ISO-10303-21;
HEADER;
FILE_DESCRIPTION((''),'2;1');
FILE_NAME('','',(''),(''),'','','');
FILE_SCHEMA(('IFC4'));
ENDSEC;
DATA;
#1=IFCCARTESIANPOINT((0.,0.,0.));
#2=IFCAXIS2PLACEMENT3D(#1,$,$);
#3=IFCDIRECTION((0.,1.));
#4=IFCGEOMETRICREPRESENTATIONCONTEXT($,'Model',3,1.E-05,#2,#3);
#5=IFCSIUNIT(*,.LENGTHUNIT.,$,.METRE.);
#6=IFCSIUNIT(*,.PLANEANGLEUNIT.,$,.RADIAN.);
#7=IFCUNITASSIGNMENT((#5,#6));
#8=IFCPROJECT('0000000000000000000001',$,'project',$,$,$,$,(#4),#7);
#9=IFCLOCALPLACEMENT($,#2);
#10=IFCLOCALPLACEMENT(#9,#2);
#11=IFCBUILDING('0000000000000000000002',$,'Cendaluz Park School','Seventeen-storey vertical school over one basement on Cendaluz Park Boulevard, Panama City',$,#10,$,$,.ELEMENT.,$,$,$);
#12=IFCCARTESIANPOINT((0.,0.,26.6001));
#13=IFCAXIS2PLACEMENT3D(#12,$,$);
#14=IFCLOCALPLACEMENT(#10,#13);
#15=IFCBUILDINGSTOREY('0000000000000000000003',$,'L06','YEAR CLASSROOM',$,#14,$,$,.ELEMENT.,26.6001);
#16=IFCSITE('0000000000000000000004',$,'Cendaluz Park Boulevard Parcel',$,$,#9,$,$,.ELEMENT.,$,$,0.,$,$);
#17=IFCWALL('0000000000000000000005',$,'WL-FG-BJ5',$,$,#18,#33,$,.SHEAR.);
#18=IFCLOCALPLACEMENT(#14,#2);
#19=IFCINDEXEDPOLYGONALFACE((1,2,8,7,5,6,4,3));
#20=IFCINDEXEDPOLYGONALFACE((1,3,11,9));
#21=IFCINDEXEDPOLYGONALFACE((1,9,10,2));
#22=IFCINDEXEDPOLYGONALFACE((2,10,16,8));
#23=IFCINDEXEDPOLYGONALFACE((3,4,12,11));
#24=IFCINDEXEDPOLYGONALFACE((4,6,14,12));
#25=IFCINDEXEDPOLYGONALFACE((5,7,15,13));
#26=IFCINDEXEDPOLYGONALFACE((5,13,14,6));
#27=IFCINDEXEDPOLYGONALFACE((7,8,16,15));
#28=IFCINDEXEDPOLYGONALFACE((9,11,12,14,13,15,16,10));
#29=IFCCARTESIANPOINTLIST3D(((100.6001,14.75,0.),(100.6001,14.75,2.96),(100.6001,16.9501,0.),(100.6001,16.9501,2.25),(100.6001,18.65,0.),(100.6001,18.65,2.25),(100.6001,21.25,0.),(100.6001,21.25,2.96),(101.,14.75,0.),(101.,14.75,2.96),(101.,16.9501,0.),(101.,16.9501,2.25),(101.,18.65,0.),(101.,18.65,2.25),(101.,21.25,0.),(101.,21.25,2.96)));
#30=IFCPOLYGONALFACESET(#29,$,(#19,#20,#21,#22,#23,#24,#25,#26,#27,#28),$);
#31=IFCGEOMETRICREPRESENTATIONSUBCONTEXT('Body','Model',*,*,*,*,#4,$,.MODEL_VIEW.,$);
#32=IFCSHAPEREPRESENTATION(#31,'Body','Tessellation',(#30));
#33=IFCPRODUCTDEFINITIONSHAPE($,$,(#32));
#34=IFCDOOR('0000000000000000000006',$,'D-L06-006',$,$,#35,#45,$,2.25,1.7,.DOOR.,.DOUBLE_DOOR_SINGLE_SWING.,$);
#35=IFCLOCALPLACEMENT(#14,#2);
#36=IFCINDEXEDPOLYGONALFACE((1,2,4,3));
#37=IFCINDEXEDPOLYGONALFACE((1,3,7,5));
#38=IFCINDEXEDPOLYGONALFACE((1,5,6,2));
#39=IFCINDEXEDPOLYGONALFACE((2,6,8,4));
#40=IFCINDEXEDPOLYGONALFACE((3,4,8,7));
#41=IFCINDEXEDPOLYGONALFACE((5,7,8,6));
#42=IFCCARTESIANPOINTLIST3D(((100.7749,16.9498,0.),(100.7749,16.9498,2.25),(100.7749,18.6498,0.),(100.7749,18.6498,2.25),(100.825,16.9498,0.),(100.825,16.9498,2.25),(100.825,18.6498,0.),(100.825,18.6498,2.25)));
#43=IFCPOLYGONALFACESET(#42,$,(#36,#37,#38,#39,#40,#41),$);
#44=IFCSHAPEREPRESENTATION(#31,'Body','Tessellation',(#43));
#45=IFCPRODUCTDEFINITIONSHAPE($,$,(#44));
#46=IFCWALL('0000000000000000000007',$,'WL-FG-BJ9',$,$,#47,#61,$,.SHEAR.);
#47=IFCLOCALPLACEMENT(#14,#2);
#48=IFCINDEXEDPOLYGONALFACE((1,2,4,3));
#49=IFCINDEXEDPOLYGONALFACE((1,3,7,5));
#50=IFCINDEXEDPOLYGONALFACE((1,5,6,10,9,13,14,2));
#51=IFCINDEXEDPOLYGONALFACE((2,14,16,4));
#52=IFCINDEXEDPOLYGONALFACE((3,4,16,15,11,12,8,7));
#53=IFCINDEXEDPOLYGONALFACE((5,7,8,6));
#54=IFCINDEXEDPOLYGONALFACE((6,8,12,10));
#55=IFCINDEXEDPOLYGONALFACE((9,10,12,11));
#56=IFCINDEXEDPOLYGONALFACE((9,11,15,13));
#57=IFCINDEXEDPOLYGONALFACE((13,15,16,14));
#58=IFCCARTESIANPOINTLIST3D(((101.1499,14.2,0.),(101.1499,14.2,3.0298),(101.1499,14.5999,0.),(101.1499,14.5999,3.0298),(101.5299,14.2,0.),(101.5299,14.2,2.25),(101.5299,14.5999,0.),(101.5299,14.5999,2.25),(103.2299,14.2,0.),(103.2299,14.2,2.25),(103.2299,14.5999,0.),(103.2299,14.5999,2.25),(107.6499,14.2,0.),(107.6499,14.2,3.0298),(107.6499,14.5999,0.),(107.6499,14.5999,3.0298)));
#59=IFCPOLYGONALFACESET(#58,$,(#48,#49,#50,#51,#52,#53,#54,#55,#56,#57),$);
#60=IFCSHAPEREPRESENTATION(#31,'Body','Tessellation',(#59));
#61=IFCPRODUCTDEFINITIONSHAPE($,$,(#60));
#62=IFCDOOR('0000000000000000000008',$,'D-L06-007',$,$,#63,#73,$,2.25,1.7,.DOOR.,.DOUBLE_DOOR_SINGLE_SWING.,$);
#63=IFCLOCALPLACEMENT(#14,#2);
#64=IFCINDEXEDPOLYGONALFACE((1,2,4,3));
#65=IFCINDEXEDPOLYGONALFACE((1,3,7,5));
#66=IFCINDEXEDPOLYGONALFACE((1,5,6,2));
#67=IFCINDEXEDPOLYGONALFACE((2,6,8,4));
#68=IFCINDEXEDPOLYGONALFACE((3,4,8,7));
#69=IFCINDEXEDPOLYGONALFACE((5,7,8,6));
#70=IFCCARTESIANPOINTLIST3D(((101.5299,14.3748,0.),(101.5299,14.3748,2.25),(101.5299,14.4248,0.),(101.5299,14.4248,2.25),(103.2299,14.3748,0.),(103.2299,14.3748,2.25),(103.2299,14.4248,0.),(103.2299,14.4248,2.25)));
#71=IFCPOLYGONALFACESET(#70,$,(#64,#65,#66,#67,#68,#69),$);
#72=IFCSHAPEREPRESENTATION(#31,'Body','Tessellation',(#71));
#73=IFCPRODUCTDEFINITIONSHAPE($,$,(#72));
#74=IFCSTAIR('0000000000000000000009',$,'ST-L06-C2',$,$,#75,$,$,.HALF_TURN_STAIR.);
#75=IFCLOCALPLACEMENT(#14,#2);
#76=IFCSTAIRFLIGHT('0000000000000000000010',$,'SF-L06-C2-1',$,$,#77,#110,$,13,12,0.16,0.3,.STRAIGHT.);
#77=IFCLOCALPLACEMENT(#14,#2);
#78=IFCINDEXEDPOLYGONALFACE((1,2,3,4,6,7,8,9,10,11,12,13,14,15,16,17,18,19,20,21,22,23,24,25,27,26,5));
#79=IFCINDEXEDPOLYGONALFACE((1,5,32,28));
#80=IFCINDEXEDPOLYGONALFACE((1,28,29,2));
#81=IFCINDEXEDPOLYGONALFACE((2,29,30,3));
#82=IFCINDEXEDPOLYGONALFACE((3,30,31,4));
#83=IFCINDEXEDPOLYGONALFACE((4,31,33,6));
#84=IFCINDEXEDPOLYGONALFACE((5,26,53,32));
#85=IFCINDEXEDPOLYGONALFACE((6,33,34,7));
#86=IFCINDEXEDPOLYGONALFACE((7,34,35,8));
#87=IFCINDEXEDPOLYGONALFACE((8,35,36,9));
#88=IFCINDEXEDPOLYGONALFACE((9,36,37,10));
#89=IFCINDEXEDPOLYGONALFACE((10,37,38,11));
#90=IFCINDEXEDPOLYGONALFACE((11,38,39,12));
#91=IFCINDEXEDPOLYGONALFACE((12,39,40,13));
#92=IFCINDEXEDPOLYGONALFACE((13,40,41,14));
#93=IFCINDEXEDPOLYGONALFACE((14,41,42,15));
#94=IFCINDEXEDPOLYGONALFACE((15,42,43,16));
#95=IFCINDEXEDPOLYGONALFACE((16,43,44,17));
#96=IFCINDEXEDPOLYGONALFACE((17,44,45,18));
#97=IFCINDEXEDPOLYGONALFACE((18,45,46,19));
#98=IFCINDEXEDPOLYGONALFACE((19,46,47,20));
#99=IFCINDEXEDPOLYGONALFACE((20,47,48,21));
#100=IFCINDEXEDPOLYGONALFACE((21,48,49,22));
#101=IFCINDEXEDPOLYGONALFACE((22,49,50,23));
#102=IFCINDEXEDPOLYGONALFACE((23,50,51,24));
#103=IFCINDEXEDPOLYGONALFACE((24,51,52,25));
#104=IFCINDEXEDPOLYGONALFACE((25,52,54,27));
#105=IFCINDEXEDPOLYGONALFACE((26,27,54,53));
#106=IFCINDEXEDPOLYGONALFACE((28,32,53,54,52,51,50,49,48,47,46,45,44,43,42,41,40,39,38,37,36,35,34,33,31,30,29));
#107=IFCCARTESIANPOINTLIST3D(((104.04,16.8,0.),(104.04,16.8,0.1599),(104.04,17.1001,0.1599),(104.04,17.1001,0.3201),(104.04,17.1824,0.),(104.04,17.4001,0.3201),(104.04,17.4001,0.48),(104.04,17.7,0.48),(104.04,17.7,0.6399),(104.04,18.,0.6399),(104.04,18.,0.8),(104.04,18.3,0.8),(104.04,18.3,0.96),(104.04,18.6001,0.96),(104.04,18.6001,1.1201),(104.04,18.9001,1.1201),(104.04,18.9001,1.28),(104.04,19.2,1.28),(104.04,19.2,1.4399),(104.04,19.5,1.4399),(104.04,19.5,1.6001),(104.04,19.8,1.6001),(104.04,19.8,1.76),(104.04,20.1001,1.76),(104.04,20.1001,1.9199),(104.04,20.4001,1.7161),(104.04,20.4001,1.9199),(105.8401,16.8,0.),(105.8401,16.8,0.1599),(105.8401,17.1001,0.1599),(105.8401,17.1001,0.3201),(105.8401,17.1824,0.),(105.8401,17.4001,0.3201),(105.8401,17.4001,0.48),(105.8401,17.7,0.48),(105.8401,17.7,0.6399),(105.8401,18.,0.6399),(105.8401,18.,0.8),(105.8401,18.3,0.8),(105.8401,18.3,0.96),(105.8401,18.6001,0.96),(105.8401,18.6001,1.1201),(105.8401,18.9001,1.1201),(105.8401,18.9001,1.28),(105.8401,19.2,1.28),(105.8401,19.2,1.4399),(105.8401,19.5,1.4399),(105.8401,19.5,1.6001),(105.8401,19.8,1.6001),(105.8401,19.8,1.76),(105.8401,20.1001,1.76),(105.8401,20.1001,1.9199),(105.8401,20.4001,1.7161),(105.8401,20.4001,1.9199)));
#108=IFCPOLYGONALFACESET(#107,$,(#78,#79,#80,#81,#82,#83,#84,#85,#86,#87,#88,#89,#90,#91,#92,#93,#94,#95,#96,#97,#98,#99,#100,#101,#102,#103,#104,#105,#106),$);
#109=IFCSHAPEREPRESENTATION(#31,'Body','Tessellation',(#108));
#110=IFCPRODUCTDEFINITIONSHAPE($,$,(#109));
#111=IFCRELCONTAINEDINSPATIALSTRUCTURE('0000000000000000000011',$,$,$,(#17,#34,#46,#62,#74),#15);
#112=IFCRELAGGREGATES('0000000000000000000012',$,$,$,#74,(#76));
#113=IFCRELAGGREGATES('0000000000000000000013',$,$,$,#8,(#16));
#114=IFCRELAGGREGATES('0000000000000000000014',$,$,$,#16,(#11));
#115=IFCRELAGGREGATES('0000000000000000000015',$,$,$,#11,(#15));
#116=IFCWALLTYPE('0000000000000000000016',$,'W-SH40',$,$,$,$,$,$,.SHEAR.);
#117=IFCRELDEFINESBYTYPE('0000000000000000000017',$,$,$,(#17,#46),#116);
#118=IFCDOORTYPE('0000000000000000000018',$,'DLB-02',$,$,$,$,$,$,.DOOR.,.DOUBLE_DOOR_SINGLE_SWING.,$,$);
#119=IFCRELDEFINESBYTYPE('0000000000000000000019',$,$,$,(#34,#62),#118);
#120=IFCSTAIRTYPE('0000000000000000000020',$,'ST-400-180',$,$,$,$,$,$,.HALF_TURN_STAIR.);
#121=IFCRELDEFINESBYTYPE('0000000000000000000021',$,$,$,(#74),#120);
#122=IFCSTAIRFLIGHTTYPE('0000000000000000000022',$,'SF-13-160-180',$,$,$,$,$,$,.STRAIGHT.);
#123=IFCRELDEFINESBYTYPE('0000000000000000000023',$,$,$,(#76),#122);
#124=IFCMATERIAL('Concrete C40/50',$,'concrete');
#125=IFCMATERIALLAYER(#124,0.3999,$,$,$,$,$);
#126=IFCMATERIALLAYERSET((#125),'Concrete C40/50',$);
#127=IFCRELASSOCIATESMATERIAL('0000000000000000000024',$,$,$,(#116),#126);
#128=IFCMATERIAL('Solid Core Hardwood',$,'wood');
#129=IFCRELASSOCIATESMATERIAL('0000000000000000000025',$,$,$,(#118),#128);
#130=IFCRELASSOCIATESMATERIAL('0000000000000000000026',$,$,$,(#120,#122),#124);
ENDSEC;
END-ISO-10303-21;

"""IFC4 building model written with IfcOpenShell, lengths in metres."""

from ifc_helpers import new_model, si_unit, direction, frame, frame_2d, origin, place, context, subcontext, project, spatial, polyline, rectangle, outline, extrude, material, layer, layer_set, type_object, element, fill, aggregate, save


model = new_model("IFC4")

# Units and contexts
model_context = context("Model", 3, precision=1e-05, world=origin(), true_north=direction((0.0, 1.0)))
body_context = subcontext(model_context, "Body", "Model", "MODEL_VIEW")
ifc_project = project(units=[si_unit("LENGTHUNIT", "METRE"), si_unit("PLANEANGLEUNIT", "RADIAN")], contexts=[model_context])

# Site, building, storey
site_placement = place(None, origin())
site = spatial("IfcSite", under=ifc_project, at=site_placement, Name="Cendaluz Park Boulevard Parcel", CompositionType="ELEMENT", RefElevation=0.0)
building_placement = place(site_placement, origin())
building = spatial("IfcBuilding", under=site, at=building_placement, Name="Cendaluz Park School", Description="Seventeen-storey vertical school over one basement on Cendaluz Park Boulevard, Panama City", CompositionType="ELEMENT")
storey_placement = place(building_placement, frame((0.0, 0.0, 26.6001)))
storey = spatial("IfcBuildingStorey", under=building, at=storey_placement, Name="L06", Description="YEAR CLASSROOM", CompositionType="ELEMENT", Elevation=26.6001)

# Shared definitions
ifc_material_1 = material(Name="Concrete C40/50", Category="concrete")

# Shared definitions
ifc_material_2 = material(Name="Solid Core Hardwood", Category="wood")

# Walls, openings, doors
ifc_layer_1 = layer(ifc_material_1, 0.3999)
ifc_layer_set_1 = layer_set([ifc_layer_1], Name="Concrete C40/50")
wall_type_1 = type_object("IfcWallType", Name="W-SH40", PredefinedType="SHEAR", material=ifc_layer_set_1)
wall_1_placement = place(storey_placement, frame((100.8, 14.75, 0.0), z_axis=(0.0, 0.0, 1.0), x_axis=(0.0, 1.0, 0.0)))
wall_1 = element("IfcWall", 1, at=wall_1_placement, inside=storey, type_object=wall_type_1, Name="WL-FG-BJ5", PredefinedType="SHEAR", context=body_context, shape_type="SweptSolid", body=[
    extrude(rectangle(XDim=6.5, YDim=0.3999, at=frame_2d((3.25, 0.0))), origin(), (0.0, 0.0, 1.0), 2.96),
])
opening_1_placement = place(wall_1_placement, frame((2.2, 0.0, 0.0)))
opening_1 = element("IfcOpeningElement", 2, at=opening_1_placement, cuts=wall_1, PredefinedType="OPENING", context=body_context, shape_type="SweptSolid", body=[
    extrude(rectangle(XDim=1.7, YDim=2.25, at=frame_2d((0.8501, 1.125))), frame((0.0, 0.2119, 0.0), z_axis=(0.0, -1.0, 0.0), x_axis=(1.0, 0.0, 0.0)), (0.0, 0.0, 1.0), 0.4238),
])
door_type_1 = type_object("IfcDoorType", Name="DLB-02", OperationType="DOUBLE_DOOR_SINGLE_SWING", PredefinedType="DOOR", material=ifc_material_2)
door_1_placement = place(opening_1_placement, frame((1.7, 0.0, 0.0), z_axis=(0.0, 0.0, 1.0), x_axis=(-1.0, 0.0, 0.0)))
door_1 = element("IfcDoor", 3, at=door_1_placement, inside=storey, type_object=door_type_1, Name="D-L06-006", OperationType="DOUBLE_DOOR_SINGLE_SWING", OverallHeight=2.25, OverallWidth=1.7, PredefinedType="DOOR", context=body_context, shape_type="SweptSolid", body=[
    extrude(rectangle(XDim=1.7, YDim=2.25, at=frame_2d((0.8501, 1.125))), frame((0.0, 0.0249, 0.0), z_axis=(0.0, -1.0, 0.0), x_axis=(1.0, 0.0, 0.0)), (0.0, 0.0, 1.0), 0.05),
])
fill(opening_1, door_1)
wall_2_placement = place(storey_placement, frame((101.1499, 14.3999, 0.0), z_axis=(0.0, 0.0, 1.0), x_axis=(1.0, 0.0, 0.0)))
wall_2 = element("IfcWall", 4, at=wall_2_placement, inside=storey, type_object=wall_type_1, Name="WL-FG-BJ9", PredefinedType="SHEAR", context=body_context, shape_type="SweptSolid", body=[
    extrude(rectangle(XDim=6.5, YDim=0.3999, at=frame_2d((3.25, 0.0))), origin(), (0.0, 0.0, 1.0), 3.0298),
])
opening_2_placement = place(wall_2_placement, frame((0.3799, 0.0, 0.0)))
opening_2 = element("IfcOpeningElement", 5, at=opening_2_placement, cuts=wall_2, PredefinedType="OPENING", context=body_context, shape_type="SweptSolid", body=[
    extrude(rectangle(XDim=1.7, YDim=2.25, at=frame_2d((0.8501, 1.125))), frame((0.0, 0.2119, 0.0), z_axis=(0.0, -1.0, 0.0), x_axis=(1.0, 0.0, 0.0)), (0.0, 0.0, 1.0), 0.4238),
])
door_2_placement = place(opening_2_placement, origin())
door_2 = element("IfcDoor", 6, at=door_2_placement, inside=storey, type_object=door_type_1, Name="D-L06-007", OperationType="DOUBLE_DOOR_SINGLE_SWING", OverallHeight=2.25, OverallWidth=1.7, PredefinedType="DOOR", context=body_context, shape_type="SweptSolid", body=[
    extrude(rectangle(XDim=1.7, YDim=2.25, at=frame_2d((0.8501, 1.125))), frame((0.0, 0.0249, 0.0), z_axis=(0.0, -1.0, 0.0), x_axis=(1.0, 0.0, 0.0)), (0.0, 0.0, 1.0), 0.05),
])
fill(opening_2, door_2)

# Stair, stair flight
stair_type = type_object("IfcStairType", Name="ST-400-180", PredefinedType="HALF_TURN_STAIR", material=ifc_material_1)
stair_placement = place(storey_placement, origin())
stair = element("IfcStair", 7, at=stair_placement, inside=storey, type_object=stair_type, Name="ST-L06-C2", PredefinedType="HALF_TURN_STAIR")
stair_flight_type = type_object("IfcStairFlightType", Name="SF-13-160-180", PredefinedType="STRAIGHT", material=ifc_material_1)
stair_flight_placement = place(storey_placement, frame((104.9399, 16.8, 0.0), z_axis=(0.0, 0.0, 1.0), x_axis=(0.0, 1.0, 0.0)))
stair_flight = element("IfcStairFlight", 8, at=stair_flight_placement, type_object=stair_flight_type, Name="SF-L06-C2-1", NumberOfRisers=13, NumberOfTreads=12, PredefinedType="STRAIGHT", RiserHeight=0.16, TreadLength=0.3, context=body_context, shape_type="SweptSolid", body=[
    extrude(outline(polyline([(0.0, 0.0), (0.0, 0.1599), (0.3, 0.1599), (0.3, 0.3201), (0.6001, 0.3201), (0.6001, 0.48), (0.8999, 0.48), (0.8999, 0.6399), (1.2, 0.6399), (1.2, 0.8), (1.5, 0.8), (1.5, 0.96), (1.8, 0.96), (1.8, 1.1201), (2.1001, 1.1201), (2.1001, 1.28), (2.3999, 1.28), (2.3999, 1.4399), (2.7, 1.4399), (2.7, 1.6001), (3.0, 1.6001), (3.0, 1.76), (3.3, 1.76), (3.3, 1.9199), (3.6001, 1.9199), (3.6001, 2.0801), (3.6001, 1.7161), (0.3823, 0.0), (0.0, 0.0)])), frame((0.0, 0.8999, 0.0), z_axis=(0.0, -1.0, 0.0), x_axis=(1.0, 0.0, 0.0)), (0.0, 0.0, 1.0), 1.8),
])
aggregate(stair, [stair_flight])

save(model, "model.ifc")
